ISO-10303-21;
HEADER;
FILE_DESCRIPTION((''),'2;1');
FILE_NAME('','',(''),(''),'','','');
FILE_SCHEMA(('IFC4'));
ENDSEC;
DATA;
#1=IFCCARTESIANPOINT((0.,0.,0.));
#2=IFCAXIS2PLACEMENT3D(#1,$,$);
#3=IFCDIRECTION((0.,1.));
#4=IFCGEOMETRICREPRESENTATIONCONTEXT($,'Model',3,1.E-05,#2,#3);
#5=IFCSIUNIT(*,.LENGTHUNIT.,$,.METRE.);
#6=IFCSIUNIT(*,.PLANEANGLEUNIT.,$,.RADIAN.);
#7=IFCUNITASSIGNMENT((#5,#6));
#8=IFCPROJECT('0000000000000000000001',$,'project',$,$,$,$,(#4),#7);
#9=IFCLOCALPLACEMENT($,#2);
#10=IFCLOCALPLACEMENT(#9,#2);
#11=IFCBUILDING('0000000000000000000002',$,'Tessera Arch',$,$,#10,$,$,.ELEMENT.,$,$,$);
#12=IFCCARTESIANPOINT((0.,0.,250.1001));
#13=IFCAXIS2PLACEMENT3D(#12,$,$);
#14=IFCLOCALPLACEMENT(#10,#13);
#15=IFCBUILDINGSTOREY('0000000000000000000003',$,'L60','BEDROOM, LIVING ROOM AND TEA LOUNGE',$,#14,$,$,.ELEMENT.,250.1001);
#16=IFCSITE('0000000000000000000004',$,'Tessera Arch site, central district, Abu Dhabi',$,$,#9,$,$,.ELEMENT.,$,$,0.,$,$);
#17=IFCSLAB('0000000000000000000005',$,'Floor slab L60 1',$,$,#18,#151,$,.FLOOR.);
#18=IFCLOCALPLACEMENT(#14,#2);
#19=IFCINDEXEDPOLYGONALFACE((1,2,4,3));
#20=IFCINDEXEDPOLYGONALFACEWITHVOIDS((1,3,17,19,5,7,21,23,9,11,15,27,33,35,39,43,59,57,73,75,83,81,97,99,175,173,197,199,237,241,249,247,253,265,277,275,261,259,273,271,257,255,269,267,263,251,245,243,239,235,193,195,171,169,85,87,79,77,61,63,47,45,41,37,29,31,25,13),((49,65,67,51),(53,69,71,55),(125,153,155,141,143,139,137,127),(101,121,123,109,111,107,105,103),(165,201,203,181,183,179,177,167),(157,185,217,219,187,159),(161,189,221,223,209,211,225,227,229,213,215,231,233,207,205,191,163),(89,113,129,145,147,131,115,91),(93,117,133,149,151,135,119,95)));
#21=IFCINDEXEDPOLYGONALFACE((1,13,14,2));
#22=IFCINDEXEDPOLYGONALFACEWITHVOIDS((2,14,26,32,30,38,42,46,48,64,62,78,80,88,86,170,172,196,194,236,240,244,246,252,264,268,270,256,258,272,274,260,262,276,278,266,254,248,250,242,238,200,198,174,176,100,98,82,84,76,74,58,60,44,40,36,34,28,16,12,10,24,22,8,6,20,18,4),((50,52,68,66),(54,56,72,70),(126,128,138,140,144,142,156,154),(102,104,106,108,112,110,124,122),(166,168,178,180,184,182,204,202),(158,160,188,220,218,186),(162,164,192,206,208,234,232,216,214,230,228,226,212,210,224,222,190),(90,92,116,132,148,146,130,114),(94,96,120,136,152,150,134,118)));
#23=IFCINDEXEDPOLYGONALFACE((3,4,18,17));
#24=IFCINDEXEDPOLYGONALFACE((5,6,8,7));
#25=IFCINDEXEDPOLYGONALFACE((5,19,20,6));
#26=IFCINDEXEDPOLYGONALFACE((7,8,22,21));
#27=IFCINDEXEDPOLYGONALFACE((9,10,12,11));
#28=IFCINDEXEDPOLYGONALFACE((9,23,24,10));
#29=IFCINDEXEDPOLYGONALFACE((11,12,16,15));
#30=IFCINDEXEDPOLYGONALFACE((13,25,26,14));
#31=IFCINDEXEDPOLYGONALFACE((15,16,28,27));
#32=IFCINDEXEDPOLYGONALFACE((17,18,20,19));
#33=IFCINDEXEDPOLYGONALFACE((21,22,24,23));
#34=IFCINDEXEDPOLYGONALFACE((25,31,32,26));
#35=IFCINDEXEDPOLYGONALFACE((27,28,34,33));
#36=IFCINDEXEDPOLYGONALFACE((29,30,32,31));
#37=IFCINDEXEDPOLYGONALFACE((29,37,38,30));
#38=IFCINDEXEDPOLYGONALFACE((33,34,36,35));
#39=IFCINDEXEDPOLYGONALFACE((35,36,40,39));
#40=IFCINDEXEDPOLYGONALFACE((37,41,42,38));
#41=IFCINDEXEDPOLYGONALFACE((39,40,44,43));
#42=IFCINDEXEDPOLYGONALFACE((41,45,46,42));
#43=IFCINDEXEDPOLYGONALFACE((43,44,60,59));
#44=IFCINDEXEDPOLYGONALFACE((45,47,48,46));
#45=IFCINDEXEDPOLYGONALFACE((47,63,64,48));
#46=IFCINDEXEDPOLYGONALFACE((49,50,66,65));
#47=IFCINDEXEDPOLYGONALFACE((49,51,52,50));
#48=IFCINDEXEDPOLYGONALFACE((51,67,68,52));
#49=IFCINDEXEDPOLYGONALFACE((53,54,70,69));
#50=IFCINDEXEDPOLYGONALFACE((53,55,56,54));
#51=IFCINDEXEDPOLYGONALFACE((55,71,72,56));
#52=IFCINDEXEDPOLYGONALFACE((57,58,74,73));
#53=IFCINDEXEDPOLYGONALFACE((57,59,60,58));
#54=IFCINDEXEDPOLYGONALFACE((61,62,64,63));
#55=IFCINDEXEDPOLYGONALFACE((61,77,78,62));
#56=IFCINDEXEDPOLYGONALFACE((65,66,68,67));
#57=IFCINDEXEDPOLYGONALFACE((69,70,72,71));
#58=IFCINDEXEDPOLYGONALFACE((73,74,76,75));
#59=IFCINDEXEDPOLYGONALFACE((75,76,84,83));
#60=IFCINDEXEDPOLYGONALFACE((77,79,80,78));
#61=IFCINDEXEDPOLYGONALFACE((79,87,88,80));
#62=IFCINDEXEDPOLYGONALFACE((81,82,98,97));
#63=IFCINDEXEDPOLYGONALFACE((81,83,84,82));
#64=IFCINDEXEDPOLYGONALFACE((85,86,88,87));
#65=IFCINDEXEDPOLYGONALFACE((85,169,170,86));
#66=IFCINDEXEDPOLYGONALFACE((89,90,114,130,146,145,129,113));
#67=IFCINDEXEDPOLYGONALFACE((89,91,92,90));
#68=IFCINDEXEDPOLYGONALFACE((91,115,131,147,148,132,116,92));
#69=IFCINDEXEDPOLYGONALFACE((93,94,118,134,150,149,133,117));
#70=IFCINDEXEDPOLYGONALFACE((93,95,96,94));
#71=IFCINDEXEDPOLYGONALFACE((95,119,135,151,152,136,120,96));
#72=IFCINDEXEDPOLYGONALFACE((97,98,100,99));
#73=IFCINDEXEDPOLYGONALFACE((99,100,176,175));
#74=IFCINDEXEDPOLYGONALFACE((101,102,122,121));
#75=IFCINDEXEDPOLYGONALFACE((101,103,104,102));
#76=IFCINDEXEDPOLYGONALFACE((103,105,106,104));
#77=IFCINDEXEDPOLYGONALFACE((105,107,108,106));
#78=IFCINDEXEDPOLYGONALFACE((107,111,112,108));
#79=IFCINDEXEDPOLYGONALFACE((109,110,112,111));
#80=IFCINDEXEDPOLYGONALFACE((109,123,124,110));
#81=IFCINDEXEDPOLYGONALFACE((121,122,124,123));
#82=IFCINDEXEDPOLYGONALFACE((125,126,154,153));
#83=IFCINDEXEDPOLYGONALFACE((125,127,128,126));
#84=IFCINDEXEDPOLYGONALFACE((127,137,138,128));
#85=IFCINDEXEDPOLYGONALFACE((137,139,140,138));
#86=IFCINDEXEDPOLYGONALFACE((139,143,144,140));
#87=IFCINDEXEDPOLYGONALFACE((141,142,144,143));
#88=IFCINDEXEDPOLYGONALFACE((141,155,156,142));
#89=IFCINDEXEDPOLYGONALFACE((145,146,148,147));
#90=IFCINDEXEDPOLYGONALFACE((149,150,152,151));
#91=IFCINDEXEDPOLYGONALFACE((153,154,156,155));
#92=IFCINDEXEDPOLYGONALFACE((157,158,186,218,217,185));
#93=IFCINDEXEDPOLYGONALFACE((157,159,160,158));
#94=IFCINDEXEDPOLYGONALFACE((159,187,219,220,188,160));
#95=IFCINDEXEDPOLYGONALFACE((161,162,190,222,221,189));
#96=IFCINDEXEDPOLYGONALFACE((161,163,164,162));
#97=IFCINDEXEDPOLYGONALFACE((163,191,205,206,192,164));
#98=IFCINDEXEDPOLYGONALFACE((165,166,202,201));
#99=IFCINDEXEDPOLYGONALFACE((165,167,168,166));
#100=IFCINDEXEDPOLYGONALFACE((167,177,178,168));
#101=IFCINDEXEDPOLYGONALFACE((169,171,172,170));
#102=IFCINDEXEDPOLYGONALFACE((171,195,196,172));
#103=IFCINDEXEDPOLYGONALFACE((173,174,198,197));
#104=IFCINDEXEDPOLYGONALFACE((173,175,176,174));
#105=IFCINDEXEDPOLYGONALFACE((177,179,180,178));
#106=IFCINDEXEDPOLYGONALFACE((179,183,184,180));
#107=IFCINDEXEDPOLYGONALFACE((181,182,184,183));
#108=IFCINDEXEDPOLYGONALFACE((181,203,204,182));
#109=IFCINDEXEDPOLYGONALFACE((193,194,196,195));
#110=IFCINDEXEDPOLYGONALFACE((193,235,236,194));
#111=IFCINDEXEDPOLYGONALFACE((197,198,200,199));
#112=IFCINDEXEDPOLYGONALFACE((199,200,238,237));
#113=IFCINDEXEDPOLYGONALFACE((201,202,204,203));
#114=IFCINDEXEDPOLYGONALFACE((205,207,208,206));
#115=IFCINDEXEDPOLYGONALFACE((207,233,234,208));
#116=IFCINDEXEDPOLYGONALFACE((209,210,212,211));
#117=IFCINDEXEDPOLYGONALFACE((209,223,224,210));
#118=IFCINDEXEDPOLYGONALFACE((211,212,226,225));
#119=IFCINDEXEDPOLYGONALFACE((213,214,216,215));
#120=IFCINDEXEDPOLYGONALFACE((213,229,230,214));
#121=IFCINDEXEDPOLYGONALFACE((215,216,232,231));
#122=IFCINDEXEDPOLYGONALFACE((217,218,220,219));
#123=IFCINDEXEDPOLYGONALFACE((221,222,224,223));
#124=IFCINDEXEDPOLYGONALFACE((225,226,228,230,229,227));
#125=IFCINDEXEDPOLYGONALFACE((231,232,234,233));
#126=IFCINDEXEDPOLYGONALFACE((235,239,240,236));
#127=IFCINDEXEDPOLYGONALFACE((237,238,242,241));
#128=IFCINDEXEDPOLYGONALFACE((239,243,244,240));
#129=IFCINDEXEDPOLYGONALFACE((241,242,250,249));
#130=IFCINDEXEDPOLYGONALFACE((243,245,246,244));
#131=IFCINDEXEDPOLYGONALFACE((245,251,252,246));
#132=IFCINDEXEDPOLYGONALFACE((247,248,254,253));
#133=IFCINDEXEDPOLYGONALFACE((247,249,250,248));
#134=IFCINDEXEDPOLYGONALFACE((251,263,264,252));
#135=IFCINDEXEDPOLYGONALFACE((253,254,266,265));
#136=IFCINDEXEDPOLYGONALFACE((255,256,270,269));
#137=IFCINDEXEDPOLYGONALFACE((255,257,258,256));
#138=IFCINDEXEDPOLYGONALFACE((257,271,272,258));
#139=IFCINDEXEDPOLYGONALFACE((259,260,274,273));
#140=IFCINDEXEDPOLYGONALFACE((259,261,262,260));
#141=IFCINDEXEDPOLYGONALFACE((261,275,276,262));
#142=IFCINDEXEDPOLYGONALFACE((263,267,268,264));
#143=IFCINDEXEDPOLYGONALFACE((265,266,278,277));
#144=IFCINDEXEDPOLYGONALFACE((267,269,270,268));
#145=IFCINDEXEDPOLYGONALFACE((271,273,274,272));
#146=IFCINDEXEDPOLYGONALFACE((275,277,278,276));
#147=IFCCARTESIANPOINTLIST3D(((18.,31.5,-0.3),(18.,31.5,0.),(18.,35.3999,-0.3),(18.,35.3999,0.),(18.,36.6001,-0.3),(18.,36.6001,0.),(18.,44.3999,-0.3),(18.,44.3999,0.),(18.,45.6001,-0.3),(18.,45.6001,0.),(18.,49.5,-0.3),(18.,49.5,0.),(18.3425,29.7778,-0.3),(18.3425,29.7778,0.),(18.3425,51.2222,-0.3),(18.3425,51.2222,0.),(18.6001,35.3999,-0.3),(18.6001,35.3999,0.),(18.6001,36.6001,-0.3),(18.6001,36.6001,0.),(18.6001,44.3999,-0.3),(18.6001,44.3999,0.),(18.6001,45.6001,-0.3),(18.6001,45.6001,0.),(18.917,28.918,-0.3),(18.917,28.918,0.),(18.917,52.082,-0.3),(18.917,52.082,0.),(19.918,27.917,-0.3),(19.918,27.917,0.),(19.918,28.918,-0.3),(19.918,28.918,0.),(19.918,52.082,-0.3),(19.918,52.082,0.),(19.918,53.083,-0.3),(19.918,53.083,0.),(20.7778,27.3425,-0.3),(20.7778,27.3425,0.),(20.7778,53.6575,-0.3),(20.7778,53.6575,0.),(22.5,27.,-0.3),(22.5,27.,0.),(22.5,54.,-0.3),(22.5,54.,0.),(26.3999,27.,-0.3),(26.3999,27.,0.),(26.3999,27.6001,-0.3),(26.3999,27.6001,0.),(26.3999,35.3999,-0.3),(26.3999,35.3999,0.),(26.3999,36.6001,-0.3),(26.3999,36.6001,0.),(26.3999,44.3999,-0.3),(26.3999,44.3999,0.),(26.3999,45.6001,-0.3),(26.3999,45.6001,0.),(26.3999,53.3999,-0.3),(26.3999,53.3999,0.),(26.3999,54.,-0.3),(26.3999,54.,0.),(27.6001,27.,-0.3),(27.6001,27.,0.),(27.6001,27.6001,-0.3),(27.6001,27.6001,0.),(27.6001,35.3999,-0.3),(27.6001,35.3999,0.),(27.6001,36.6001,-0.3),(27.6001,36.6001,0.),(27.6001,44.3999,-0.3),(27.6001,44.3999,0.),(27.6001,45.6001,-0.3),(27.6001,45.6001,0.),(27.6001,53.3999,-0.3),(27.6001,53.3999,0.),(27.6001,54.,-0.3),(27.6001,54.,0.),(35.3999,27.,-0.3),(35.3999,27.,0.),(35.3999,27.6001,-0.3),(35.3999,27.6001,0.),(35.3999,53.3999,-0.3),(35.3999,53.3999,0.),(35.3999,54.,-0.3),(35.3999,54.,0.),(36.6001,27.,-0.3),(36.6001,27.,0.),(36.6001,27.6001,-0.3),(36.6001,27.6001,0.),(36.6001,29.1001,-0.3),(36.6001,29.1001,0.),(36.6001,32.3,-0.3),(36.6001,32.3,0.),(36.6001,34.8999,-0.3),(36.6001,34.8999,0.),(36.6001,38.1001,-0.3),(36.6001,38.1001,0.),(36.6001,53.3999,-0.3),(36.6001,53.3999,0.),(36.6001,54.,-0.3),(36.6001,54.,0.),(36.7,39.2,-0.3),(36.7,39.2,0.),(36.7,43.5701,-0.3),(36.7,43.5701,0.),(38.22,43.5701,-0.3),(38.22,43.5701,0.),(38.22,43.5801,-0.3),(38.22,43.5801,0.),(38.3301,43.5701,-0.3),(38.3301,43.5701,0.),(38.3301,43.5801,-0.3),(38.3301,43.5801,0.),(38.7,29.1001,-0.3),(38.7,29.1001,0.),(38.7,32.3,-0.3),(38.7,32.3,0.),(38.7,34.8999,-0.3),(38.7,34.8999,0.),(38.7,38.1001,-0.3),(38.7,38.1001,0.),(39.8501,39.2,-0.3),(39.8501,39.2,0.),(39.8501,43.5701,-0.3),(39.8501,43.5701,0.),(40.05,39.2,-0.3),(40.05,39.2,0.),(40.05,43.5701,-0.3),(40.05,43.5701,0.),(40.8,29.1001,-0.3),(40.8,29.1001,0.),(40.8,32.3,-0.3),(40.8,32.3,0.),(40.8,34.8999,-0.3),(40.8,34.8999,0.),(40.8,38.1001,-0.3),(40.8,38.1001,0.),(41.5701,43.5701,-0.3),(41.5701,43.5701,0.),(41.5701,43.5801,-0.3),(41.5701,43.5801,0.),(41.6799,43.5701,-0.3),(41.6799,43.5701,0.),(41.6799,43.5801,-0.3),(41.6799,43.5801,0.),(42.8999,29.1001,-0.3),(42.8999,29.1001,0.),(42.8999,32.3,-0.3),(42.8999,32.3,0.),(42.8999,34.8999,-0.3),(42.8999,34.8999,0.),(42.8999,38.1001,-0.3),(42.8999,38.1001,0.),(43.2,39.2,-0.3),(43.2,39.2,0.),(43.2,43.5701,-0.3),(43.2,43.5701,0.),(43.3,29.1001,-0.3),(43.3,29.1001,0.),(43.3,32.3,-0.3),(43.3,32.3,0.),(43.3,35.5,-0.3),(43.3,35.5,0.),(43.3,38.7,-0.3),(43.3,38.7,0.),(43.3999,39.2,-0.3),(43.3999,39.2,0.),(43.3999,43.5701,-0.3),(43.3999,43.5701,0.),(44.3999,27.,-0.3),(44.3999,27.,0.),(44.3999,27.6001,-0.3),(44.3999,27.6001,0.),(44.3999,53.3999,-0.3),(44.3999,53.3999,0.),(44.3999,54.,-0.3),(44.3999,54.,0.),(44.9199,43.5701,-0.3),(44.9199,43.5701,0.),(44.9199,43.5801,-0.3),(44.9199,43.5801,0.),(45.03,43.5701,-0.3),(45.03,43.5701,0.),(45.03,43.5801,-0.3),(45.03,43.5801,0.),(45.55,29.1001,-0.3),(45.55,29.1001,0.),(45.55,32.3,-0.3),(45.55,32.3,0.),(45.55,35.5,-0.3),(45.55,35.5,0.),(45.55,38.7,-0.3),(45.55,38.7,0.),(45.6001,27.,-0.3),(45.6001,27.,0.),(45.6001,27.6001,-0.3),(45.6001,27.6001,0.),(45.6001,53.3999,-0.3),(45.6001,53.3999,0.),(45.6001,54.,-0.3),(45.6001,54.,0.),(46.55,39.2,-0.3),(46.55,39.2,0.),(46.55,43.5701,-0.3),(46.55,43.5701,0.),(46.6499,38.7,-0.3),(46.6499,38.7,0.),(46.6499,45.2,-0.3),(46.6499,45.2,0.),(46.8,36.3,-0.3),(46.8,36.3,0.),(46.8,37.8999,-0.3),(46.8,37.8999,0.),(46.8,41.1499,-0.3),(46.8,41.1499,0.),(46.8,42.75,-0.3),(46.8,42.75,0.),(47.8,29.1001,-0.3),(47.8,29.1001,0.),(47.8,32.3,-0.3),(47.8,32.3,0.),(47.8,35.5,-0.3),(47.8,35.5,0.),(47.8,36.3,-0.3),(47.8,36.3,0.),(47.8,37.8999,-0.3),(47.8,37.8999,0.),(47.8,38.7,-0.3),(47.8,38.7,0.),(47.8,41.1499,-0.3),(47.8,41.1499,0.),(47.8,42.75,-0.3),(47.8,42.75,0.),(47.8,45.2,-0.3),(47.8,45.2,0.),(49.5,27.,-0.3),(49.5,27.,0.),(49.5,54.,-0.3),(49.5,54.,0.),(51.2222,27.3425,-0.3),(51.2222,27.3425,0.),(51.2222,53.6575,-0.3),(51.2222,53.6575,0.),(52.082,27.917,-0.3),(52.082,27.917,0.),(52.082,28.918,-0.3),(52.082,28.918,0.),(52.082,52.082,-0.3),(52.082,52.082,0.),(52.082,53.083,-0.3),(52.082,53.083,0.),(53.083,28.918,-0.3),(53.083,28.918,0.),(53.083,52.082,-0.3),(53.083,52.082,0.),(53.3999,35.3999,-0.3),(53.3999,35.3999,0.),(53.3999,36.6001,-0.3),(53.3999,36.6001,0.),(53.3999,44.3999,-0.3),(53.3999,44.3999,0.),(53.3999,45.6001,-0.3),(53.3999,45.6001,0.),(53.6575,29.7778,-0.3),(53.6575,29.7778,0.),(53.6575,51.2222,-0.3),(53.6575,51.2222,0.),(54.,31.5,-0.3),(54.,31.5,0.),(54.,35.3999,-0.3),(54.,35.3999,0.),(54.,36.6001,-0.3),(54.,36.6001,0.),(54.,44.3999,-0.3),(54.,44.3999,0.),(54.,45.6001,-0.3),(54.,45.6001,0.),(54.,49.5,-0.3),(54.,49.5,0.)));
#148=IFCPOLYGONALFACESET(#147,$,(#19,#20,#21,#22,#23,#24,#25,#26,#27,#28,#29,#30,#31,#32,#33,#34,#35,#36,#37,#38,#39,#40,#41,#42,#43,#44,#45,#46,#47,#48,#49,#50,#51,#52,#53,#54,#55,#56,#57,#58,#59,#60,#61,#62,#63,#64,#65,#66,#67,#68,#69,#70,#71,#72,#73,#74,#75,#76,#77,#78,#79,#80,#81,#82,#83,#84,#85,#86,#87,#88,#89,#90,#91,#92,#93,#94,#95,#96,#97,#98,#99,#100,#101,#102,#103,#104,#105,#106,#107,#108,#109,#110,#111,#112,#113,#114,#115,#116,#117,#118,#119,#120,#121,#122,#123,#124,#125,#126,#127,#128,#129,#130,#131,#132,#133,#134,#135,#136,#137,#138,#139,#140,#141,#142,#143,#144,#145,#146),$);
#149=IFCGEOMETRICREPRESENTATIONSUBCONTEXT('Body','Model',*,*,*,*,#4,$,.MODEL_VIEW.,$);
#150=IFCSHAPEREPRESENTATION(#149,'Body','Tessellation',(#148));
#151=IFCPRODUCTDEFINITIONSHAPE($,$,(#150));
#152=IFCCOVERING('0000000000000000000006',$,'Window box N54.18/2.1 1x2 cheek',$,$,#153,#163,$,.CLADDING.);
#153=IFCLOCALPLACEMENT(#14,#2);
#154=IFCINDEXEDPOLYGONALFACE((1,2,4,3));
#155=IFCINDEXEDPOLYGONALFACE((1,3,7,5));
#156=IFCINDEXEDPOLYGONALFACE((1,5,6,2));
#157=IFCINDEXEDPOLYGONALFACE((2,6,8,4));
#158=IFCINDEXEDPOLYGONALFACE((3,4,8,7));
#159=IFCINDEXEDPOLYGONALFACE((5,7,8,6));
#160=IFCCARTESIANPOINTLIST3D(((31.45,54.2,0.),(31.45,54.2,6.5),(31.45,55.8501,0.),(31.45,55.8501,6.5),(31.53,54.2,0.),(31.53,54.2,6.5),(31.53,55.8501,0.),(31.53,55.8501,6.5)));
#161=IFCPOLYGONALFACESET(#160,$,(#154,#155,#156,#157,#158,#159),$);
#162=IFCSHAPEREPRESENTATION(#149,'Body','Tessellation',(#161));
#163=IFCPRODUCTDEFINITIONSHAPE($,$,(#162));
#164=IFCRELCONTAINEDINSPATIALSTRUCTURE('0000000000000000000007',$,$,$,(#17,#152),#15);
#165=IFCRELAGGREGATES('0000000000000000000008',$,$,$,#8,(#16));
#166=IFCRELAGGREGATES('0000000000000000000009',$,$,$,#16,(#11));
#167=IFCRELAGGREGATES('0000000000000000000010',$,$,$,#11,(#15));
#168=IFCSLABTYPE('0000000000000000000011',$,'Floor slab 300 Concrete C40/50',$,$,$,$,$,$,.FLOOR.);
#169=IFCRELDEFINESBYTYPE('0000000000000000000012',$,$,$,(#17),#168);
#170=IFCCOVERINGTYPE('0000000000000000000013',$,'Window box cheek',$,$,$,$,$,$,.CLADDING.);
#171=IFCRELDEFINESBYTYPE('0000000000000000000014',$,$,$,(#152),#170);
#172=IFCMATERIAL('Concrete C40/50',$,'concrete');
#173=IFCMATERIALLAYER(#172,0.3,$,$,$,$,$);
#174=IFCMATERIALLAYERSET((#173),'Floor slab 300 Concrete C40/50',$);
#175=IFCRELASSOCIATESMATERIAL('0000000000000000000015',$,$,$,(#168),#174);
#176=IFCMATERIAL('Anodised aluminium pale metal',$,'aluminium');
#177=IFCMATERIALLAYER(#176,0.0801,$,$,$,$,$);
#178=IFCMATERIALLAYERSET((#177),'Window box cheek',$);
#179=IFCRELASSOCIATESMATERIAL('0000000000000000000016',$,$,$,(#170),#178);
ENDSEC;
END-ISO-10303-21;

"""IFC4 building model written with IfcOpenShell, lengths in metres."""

from ifc_helpers import new_model, si_unit, direction, frame, origin, place, context, subcontext, project, spatial, polyline, outline, extrude, material, layer, layer_set, type_object, element, save


model = new_model("IFC4")

# Units and contexts
model_context = context("Model", 3, precision=1e-05, world=origin(), true_north=direction((0.0, 1.0)))
body_context = subcontext(model_context, "Body", "Model", "MODEL_VIEW")
ifc_project = project(units=[si_unit("LENGTHUNIT", "METRE"), si_unit("PLANEANGLEUNIT", "RADIAN")], contexts=[model_context])

# Site, building, storey
site_placement = place(None, origin())
site = spatial("IfcSite", under=ifc_project, at=site_placement, Name="Tessera Arch site, central district, Abu Dhabi", CompositionType="ELEMENT", RefElevation=0.0)
building_placement = place(site_placement, origin())
building = spatial("IfcBuilding", under=site, at=building_placement, Name="Tessera Arch", CompositionType="ELEMENT")
storey_placement = place(building_placement, frame((0.0, 0.0, 250.1001)))
storey = spatial("IfcBuildingStorey", under=building, at=storey_placement, Name="L60", Description="BEDROOM, LIVING ROOM AND TEA LOUNGE", CompositionType="ELEMENT", Elevation=250.1001)

# Slab
ifc_material_1 = material(Name="Concrete C40/50", Category="concrete")
ifc_layer_1 = layer(ifc_material_1, 0.3)
ifc_layer_set_1 = layer_set([ifc_layer_1], Name="Floor slab 300 Concrete C40/50")
slab_type = type_object("IfcSlabType", Name="Floor slab 300 Concrete C40/50", PredefinedType="FLOOR", material=ifc_layer_set_1)
slab_placement = place(storey_placement, frame((0.0, 0.0, -0.3)))
element("IfcSlab", 1, at=slab_placement, inside=storey, type_object=slab_type, Name="Floor slab L60 1", PredefinedType="FLOOR", context=body_context, shape_type="SweptSolid", body=[
    extrude(outline(polyline([(54.0, 31.5), (53.6575, 29.7778), (53.083, 28.918), (52.082, 28.918), (52.082, 27.917), (51.2222, 27.3425), (49.5, 27.0), (45.6001, 27.0), (45.6001, 27.6001), (44.3999, 27.6001), (44.3999, 27.0), (36.6001, 27.0), (36.6001, 27.6001), (35.3999, 27.6001), (35.3999, 27.0), (27.6001, 27.0), (27.6001, 27.6001), (26.3999, 27.6001), (26.3999, 27.0), (22.5, 27.0), (20.7778, 27.3425), (19.918, 27.917), (19.918, 28.918), (18.917, 28.918), (18.3425, 29.7778), (18.0, 31.5), (18.0, 35.3999), (18.6001, 35.3999), (18.6001, 36.6001), (18.0, 36.6001), (18.0, 44.3999), (18.6001, 44.3999), (18.6001, 45.6001), (18.0, 45.6001), (18.0, 49.5), (18.3425, 51.2222), (18.917, 52.082), (19.918, 52.082), (19.918, 53.083), (20.7778, 53.6575), (22.5, 54.0), (26.3999, 54.0), (26.3999, 53.3999), (27.6001, 53.3999), (27.6001, 54.0), (35.3999, 54.0), (35.3999, 53.3999), (36.6001, 53.3999), (36.6001, 54.0), (44.3999, 54.0), (44.3999, 53.3999), (45.6001, 53.3999), (45.6001, 54.0), (49.5, 54.0), (51.2222, 53.6575), (52.082, 53.083), (52.082, 52.082), (53.083, 52.082), (53.6575, 51.2222), (54.0, 49.5), (54.0, 45.6001), (53.3999, 45.6001), (53.3999, 44.3999), (54.0, 44.3999), (54.0, 36.6001), (53.3999, 36.6001), (53.3999, 35.3999), (54.0, 35.3999), (54.0, 31.5)]), holes=[polyline([(40.8, 29.1001), (42.8999, 29.1001), (42.8999, 32.3), (40.8, 32.3), (38.7, 32.3), (36.6001, 32.3), (36.6001, 29.1001), (38.7, 29.1001), (40.8, 29.1001)]), polyline([(27.6001, 35.3999), (27.6001, 36.6001), (26.3999, 36.6001), (26.3999, 35.3999), (27.6001, 35.3999)]), polyline([(40.8, 34.8999), (42.8999, 34.8999), (42.8999, 38.1001), (40.8, 38.1001), (38.7, 38.1001), (36.6001, 38.1001), (36.6001, 34.8999), (38.7, 34.8999), (40.8, 34.8999)]), polyline([(38.22, 43.5801), (38.22, 43.5701), (36.7, 43.5701), (36.7, 39.2), (39.8501, 39.2), (39.8501, 43.5701), (38.3301, 43.5701), (38.3301, 43.5801), (38.22, 43.5801)]), polyline([(27.6001, 44.3999), (27.6001, 45.6001), (26.3999, 45.6001), (26.3999, 44.3999), (27.6001, 44.3999)]), polyline([(47.8, 32.3), (45.55, 32.3), (43.3, 32.3), (43.3, 29.1001), (45.55, 29.1001), (47.8, 29.1001), (47.8, 32.3)]), polyline([(46.6499, 38.7), (45.55, 38.7), (43.3, 38.7), (43.3, 35.5), (45.55, 35.5), (47.8, 35.5), (47.8, 36.3), (46.8, 36.3), (46.8, 37.8999), (47.8, 37.8999), (47.8, 38.7), (47.8, 41.1499), (46.8, 41.1499), (46.8, 42.75), (47.8, 42.75), (47.8, 45.2), (46.6499, 45.2), (46.6499, 38.7)]), polyline([(41.5701, 43.5801), (41.5701, 43.5701), (40.05, 43.5701), (40.05, 39.2), (43.2, 39.2), (43.2, 43.5701), (41.6799, 43.5701), (41.6799, 43.5801), (41.5701, 43.5801)]), polyline([(44.9199, 43.5801), (44.9199, 43.5701), (43.3999, 43.5701), (43.3999, 39.2), (46.55, 39.2), (46.55, 43.5701), (45.03, 43.5701), (45.03, 43.5801), (44.9199, 43.5801)])]), origin(), (0.0, 0.0, 1.0), 0.3),
])

# Covering
ifc_material_2 = material(Name="Anodised aluminium pale metal", Category="aluminium")
ifc_layer_2 = layer(ifc_material_2, 0.0801)
ifc_layer_set_2 = layer_set([ifc_layer_2], Name="Window box cheek")
covering_type_1 = type_object("IfcCoveringType", Name="Window box cheek", PredefinedType="CLADDING", material=ifc_layer_set_2)
covering_1_placement = place(storey_placement, origin())
element("IfcCovering", 2, at=covering_1_placement, inside=storey, type_object=covering_type_1, Name="Window box N54.18/2.1 1x2 cheek", PredefinedType="CLADDING", context=body_context, shape_type="SweptSolid", body=[
    extrude(outline(polyline([(31.53, 55.8501), (31.45, 55.8501), (31.45, 54.2), (31.53, 54.2), (31.53, 55.8501)])), origin(), (0.0, 0.0, 1.0), 6.5),
])

save(model, "model.ifc")
